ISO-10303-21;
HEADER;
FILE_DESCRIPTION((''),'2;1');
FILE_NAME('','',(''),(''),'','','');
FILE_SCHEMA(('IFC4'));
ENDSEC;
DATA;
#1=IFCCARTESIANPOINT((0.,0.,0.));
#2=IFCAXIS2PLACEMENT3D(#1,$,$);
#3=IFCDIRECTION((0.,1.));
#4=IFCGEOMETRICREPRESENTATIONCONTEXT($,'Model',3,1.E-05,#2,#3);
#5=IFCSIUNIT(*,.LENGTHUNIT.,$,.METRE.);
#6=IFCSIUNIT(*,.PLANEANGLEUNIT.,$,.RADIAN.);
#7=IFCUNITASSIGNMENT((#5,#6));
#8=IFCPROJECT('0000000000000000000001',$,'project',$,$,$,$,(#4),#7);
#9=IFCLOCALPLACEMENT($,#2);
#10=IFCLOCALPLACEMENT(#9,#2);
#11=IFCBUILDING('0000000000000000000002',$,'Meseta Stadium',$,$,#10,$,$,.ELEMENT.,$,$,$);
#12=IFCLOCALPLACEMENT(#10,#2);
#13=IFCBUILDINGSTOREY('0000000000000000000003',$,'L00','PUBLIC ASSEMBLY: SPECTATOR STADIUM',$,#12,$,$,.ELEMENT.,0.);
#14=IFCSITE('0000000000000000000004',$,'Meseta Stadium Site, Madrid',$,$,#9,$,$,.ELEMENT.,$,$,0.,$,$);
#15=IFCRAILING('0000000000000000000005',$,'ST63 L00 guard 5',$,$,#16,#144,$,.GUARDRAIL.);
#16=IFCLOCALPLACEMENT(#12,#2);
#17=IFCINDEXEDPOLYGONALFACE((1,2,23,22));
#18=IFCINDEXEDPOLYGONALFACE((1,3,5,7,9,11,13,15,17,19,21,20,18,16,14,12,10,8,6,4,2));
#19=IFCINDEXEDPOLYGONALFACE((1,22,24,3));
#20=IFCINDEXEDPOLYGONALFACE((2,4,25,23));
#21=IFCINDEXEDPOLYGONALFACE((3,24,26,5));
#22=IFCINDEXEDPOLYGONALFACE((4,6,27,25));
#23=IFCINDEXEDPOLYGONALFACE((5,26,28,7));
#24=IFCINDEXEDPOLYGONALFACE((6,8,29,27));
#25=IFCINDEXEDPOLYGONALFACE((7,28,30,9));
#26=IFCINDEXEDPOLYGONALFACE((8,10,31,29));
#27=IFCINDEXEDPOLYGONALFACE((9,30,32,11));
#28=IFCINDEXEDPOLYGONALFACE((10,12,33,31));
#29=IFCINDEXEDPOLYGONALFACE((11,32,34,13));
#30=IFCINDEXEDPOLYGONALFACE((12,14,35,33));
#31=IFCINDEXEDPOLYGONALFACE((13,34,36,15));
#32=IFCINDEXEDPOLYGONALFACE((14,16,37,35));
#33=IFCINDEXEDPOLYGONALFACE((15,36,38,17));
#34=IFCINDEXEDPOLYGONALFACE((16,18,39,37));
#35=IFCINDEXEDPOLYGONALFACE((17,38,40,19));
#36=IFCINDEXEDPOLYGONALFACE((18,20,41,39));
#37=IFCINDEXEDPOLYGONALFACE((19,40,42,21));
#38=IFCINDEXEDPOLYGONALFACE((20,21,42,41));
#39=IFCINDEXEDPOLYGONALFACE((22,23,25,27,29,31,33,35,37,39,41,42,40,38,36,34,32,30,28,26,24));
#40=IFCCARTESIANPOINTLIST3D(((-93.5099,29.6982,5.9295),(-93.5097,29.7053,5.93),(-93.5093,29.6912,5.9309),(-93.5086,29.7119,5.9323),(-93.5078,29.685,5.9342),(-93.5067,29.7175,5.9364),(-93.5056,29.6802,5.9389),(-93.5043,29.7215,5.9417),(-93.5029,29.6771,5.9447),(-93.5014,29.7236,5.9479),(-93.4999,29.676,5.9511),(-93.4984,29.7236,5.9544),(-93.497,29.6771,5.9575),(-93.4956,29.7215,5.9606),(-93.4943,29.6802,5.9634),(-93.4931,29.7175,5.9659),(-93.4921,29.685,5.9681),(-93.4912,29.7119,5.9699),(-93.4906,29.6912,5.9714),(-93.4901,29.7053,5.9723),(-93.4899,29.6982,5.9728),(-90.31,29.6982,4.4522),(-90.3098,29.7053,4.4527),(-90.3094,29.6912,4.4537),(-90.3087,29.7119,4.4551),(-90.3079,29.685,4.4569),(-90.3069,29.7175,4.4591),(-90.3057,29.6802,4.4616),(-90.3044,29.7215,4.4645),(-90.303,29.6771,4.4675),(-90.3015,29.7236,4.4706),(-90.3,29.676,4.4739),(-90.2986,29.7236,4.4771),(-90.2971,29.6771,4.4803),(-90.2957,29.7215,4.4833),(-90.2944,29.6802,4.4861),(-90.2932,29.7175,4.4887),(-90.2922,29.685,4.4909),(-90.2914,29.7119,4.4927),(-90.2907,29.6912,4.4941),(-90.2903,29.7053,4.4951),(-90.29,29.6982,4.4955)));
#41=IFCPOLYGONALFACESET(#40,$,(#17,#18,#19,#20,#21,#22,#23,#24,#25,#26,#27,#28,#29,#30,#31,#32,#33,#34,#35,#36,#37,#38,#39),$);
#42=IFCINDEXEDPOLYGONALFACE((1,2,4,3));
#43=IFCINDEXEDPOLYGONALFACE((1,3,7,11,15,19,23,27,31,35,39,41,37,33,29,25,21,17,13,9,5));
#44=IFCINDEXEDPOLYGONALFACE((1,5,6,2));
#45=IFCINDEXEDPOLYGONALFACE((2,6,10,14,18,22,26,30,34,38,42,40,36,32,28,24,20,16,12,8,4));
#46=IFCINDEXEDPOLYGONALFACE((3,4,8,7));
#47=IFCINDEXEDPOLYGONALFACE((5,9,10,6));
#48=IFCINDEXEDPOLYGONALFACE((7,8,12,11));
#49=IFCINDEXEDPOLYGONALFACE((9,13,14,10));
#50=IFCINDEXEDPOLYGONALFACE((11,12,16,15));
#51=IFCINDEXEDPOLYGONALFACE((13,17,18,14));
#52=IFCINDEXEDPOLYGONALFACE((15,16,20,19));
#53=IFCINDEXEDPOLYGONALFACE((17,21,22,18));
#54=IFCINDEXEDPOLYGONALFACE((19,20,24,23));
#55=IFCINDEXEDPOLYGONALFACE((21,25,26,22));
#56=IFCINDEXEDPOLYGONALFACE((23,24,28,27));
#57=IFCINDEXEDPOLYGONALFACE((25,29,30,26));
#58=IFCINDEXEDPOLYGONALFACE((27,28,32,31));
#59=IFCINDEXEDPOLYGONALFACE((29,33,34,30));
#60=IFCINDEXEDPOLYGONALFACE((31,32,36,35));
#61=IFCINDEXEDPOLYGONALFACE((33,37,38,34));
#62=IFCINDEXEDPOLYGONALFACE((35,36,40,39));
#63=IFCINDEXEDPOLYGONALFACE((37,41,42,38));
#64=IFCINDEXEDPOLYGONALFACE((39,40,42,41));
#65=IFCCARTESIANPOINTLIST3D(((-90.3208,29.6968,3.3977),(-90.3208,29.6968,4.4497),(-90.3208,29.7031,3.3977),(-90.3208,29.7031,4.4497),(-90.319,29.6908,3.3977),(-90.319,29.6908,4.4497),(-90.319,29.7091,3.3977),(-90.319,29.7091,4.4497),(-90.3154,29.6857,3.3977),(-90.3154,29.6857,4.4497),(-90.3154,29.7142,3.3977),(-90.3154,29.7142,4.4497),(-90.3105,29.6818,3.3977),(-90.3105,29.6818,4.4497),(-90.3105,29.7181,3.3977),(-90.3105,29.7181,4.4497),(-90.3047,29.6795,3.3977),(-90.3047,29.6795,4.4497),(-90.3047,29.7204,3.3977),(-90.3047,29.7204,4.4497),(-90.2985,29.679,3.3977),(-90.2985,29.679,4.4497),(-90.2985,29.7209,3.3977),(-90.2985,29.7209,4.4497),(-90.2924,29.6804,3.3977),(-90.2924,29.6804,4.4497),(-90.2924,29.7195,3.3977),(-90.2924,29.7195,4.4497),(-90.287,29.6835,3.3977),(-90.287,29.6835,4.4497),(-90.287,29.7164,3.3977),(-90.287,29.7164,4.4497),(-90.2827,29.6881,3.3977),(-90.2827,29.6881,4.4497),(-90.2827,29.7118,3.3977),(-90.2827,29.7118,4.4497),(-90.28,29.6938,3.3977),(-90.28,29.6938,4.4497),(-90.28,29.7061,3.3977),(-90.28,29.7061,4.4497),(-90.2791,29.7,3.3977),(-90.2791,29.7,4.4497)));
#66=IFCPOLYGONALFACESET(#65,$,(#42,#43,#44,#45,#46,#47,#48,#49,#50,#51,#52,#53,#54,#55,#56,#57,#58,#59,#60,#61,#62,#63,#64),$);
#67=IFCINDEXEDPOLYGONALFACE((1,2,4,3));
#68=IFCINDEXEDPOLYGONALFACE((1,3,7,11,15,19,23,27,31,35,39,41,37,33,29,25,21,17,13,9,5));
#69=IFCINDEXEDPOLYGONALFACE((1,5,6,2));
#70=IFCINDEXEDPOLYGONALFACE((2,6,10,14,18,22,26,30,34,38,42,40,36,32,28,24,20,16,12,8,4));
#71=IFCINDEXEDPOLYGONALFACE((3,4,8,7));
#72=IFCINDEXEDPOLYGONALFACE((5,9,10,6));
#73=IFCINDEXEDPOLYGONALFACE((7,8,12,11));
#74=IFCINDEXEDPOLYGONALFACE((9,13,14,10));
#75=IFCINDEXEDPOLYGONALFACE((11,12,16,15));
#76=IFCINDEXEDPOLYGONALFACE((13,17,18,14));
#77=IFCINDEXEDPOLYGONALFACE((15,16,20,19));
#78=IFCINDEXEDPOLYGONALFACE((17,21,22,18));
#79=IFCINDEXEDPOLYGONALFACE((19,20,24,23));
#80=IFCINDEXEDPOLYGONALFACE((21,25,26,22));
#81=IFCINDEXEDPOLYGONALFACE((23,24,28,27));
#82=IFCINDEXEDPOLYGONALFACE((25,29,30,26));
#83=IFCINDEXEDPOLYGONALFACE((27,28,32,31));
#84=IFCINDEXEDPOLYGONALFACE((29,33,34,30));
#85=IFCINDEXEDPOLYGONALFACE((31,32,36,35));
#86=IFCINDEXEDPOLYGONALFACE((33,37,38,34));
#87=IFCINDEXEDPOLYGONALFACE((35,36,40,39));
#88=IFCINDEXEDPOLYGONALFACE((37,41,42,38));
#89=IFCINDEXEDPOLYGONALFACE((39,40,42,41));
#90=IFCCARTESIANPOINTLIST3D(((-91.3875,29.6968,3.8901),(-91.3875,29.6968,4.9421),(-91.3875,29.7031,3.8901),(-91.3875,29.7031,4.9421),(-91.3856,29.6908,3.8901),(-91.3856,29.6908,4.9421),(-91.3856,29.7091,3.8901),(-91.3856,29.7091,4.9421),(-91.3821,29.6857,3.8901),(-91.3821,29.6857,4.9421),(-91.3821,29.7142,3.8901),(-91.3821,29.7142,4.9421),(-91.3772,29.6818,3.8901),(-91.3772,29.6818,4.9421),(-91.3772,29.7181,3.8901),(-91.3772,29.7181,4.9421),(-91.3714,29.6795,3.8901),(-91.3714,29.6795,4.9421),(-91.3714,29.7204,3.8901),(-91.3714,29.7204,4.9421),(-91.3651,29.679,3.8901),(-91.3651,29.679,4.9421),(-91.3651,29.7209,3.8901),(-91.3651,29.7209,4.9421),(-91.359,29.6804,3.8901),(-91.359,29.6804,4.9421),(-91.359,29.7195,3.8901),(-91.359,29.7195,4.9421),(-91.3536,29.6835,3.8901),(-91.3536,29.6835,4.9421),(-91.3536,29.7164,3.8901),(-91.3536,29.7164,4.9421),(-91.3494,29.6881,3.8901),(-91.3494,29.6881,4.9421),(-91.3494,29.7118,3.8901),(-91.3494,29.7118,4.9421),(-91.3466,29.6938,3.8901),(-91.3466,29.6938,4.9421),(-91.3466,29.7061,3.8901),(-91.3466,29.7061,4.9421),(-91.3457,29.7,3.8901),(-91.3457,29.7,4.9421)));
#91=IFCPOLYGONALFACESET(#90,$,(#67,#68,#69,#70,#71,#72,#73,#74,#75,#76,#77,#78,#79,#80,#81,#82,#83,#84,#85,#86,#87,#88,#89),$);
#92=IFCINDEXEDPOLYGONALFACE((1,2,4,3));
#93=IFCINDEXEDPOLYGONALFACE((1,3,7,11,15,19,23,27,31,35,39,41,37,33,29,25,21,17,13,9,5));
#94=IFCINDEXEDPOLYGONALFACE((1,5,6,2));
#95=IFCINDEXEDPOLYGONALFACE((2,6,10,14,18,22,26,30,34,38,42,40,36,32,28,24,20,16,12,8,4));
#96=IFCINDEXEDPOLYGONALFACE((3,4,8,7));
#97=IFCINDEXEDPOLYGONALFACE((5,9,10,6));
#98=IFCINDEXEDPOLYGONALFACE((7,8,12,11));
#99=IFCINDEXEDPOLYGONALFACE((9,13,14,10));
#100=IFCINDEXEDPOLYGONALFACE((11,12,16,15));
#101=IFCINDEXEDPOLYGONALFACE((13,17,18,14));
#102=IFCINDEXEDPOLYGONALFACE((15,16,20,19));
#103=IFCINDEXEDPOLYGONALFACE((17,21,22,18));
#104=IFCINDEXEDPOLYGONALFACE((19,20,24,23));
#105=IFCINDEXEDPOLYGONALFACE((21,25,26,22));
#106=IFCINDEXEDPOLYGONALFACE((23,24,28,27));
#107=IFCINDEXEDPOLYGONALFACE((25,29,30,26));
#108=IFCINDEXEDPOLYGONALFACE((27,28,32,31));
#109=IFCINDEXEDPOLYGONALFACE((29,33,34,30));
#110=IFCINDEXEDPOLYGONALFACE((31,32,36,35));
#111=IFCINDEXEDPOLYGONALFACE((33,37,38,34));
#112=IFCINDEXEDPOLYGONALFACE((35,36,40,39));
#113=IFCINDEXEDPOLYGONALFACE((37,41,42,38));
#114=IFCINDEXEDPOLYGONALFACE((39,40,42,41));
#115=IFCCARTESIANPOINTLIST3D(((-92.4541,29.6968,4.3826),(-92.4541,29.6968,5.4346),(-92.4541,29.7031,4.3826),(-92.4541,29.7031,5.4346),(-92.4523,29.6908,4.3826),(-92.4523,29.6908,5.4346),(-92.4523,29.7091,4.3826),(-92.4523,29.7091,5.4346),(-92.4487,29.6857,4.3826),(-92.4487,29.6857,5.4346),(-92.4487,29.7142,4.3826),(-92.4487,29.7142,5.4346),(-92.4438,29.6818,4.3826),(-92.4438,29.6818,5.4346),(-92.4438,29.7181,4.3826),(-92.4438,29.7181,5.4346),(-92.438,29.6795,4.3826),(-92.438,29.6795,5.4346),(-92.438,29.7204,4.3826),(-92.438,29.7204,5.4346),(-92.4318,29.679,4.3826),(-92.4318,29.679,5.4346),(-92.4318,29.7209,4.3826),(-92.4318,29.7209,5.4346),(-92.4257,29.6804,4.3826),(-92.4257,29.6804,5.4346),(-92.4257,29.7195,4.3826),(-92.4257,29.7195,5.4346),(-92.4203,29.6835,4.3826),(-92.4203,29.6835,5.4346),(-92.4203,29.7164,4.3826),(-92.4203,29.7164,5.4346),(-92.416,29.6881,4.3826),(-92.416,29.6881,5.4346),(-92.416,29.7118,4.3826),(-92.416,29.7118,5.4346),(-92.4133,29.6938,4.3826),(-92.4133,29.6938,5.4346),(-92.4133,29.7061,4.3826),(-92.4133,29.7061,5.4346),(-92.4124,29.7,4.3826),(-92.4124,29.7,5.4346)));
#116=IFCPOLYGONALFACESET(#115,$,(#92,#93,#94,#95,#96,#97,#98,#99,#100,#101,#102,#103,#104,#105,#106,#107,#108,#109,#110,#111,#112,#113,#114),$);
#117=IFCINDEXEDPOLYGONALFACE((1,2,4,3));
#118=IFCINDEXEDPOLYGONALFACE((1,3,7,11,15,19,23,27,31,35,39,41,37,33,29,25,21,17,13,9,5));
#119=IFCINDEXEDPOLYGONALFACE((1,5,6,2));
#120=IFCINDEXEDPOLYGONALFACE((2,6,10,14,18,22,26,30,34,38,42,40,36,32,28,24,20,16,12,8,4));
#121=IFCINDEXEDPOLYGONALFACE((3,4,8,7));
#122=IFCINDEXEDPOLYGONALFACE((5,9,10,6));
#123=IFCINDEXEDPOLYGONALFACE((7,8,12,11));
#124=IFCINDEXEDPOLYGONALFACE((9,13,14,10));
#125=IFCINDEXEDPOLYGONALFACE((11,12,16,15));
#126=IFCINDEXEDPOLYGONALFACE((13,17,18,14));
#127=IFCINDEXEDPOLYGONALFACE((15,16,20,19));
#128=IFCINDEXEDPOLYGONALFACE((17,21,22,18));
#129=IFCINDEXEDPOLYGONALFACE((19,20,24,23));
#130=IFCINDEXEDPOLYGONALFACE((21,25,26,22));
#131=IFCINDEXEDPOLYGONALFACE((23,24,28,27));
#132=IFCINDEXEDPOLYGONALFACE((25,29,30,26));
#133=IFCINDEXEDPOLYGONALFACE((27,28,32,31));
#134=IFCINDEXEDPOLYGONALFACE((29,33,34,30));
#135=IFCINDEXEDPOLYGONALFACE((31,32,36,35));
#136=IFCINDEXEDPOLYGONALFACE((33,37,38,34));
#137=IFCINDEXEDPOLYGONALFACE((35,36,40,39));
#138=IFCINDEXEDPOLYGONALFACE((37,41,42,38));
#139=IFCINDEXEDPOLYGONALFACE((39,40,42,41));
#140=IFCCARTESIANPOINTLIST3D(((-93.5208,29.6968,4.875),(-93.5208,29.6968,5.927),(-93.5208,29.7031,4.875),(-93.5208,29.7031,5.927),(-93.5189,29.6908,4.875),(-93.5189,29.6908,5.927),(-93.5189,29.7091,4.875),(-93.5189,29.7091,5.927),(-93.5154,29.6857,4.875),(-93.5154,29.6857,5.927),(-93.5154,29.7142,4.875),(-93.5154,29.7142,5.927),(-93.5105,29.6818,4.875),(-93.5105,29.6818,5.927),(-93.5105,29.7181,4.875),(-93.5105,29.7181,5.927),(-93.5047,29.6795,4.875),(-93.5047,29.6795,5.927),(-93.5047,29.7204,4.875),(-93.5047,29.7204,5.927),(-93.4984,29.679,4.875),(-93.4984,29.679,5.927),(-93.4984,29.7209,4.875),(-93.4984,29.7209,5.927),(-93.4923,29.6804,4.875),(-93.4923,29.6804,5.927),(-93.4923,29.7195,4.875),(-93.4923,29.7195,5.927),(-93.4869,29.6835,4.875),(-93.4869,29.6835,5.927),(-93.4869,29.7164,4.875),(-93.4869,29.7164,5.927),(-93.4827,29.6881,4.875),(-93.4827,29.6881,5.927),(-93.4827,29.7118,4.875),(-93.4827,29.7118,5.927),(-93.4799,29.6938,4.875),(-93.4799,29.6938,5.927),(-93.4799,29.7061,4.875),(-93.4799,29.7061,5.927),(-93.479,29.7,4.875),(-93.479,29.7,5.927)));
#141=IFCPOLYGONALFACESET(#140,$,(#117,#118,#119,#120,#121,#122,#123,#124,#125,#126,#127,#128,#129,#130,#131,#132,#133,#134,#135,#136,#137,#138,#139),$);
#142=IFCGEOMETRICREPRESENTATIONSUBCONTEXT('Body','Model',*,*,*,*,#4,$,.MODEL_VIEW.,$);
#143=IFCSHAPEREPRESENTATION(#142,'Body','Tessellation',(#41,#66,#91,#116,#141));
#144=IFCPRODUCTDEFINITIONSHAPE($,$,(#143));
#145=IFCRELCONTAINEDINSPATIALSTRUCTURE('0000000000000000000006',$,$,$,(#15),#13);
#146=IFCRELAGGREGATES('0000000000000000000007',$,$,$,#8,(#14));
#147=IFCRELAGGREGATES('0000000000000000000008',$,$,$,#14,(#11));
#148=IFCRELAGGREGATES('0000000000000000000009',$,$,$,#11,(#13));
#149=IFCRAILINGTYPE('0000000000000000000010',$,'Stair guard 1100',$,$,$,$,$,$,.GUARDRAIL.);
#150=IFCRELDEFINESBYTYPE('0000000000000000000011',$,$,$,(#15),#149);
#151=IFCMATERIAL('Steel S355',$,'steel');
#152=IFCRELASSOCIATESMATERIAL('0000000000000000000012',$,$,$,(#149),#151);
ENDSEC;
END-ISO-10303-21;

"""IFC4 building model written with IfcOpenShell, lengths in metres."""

from ifc_helpers import new_model, si_unit, direction, frame, origin, origin_2d, place, context, subcontext, project, spatial, circle, extrude, material, type_object, element, save


model = new_model("IFC4")

# Units and contexts
model_context = context("Model", 3, precision=1e-05, world=origin(), true_north=direction((0.0, 1.0)))
body_context = subcontext(model_context, "Body", "Model", "MODEL_VIEW")
ifc_project = project(units=[si_unit("LENGTHUNIT", "METRE"), si_unit("PLANEANGLEUNIT", "RADIAN")], contexts=[model_context])

# Site, building, storey
site_placement = place(None, origin())
site = spatial("IfcSite", under=ifc_project, at=site_placement, Name="Meseta Stadium Site, Madrid", CompositionType="ELEMENT", RefElevation=0.0)
building_placement = place(site_placement, origin())
building = spatial("IfcBuilding", under=site, at=building_placement, Name="Meseta Stadium", CompositionType="ELEMENT")
storey_placement = place(building_placement, origin())
storey = spatial("IfcBuildingStorey", under=building, at=storey_placement, Name="L00", Description="PUBLIC ASSEMBLY: SPECTATOR STADIUM", CompositionType="ELEMENT", Elevation=0.0)

# Railing
ifc_material_1 = material(Name="Steel S355", Category="steel")
railing_type_1 = type_object("IfcRailingType", Name="Stair guard 1100", PredefinedType="GUARDRAIL", material=ifc_material_1)
railing_1_placement = place(storey_placement, frame((-90.3, 29.7, 3.3977)))
element("IfcRailing", 1, at=railing_1_placement, inside=storey, type_object=railing_type_1, Name="ST63 L00 guard 5", PredefinedType="GUARDRAIL", context=body_context, shape_type="SweptSolid", body=[
    extrude(circle(Radius=0.0239, at=origin_2d()), frame((0.0, 0.0, 1.0762), z_axis=(-0.907917, 0.0, 0.41915), x_axis=(0.0, -1.0, 0.0)), (0.0, 0.0, 1.0), 3.5244),
    extrude(circle(Radius=0.021, at=origin_2d()), origin(), (0.0, 0.0, 1.0), 1.052),
    extrude(circle(Radius=0.021, at=origin_2d()), frame((-1.0667, 0.0, 0.4924)), (0.0, 0.0, 1.0), 1.052),
    extrude(circle(Radius=0.021, at=origin_2d()), frame((-2.1333, 0.0, 0.9849)), (0.0, 0.0, 1.0), 1.052),
    extrude(circle(Radius=0.021, at=origin_2d()), frame((-3.2, 0.0, 1.4773)), (0.0, 0.0, 1.0), 1.052),
])

save(model, "model.ifc")
